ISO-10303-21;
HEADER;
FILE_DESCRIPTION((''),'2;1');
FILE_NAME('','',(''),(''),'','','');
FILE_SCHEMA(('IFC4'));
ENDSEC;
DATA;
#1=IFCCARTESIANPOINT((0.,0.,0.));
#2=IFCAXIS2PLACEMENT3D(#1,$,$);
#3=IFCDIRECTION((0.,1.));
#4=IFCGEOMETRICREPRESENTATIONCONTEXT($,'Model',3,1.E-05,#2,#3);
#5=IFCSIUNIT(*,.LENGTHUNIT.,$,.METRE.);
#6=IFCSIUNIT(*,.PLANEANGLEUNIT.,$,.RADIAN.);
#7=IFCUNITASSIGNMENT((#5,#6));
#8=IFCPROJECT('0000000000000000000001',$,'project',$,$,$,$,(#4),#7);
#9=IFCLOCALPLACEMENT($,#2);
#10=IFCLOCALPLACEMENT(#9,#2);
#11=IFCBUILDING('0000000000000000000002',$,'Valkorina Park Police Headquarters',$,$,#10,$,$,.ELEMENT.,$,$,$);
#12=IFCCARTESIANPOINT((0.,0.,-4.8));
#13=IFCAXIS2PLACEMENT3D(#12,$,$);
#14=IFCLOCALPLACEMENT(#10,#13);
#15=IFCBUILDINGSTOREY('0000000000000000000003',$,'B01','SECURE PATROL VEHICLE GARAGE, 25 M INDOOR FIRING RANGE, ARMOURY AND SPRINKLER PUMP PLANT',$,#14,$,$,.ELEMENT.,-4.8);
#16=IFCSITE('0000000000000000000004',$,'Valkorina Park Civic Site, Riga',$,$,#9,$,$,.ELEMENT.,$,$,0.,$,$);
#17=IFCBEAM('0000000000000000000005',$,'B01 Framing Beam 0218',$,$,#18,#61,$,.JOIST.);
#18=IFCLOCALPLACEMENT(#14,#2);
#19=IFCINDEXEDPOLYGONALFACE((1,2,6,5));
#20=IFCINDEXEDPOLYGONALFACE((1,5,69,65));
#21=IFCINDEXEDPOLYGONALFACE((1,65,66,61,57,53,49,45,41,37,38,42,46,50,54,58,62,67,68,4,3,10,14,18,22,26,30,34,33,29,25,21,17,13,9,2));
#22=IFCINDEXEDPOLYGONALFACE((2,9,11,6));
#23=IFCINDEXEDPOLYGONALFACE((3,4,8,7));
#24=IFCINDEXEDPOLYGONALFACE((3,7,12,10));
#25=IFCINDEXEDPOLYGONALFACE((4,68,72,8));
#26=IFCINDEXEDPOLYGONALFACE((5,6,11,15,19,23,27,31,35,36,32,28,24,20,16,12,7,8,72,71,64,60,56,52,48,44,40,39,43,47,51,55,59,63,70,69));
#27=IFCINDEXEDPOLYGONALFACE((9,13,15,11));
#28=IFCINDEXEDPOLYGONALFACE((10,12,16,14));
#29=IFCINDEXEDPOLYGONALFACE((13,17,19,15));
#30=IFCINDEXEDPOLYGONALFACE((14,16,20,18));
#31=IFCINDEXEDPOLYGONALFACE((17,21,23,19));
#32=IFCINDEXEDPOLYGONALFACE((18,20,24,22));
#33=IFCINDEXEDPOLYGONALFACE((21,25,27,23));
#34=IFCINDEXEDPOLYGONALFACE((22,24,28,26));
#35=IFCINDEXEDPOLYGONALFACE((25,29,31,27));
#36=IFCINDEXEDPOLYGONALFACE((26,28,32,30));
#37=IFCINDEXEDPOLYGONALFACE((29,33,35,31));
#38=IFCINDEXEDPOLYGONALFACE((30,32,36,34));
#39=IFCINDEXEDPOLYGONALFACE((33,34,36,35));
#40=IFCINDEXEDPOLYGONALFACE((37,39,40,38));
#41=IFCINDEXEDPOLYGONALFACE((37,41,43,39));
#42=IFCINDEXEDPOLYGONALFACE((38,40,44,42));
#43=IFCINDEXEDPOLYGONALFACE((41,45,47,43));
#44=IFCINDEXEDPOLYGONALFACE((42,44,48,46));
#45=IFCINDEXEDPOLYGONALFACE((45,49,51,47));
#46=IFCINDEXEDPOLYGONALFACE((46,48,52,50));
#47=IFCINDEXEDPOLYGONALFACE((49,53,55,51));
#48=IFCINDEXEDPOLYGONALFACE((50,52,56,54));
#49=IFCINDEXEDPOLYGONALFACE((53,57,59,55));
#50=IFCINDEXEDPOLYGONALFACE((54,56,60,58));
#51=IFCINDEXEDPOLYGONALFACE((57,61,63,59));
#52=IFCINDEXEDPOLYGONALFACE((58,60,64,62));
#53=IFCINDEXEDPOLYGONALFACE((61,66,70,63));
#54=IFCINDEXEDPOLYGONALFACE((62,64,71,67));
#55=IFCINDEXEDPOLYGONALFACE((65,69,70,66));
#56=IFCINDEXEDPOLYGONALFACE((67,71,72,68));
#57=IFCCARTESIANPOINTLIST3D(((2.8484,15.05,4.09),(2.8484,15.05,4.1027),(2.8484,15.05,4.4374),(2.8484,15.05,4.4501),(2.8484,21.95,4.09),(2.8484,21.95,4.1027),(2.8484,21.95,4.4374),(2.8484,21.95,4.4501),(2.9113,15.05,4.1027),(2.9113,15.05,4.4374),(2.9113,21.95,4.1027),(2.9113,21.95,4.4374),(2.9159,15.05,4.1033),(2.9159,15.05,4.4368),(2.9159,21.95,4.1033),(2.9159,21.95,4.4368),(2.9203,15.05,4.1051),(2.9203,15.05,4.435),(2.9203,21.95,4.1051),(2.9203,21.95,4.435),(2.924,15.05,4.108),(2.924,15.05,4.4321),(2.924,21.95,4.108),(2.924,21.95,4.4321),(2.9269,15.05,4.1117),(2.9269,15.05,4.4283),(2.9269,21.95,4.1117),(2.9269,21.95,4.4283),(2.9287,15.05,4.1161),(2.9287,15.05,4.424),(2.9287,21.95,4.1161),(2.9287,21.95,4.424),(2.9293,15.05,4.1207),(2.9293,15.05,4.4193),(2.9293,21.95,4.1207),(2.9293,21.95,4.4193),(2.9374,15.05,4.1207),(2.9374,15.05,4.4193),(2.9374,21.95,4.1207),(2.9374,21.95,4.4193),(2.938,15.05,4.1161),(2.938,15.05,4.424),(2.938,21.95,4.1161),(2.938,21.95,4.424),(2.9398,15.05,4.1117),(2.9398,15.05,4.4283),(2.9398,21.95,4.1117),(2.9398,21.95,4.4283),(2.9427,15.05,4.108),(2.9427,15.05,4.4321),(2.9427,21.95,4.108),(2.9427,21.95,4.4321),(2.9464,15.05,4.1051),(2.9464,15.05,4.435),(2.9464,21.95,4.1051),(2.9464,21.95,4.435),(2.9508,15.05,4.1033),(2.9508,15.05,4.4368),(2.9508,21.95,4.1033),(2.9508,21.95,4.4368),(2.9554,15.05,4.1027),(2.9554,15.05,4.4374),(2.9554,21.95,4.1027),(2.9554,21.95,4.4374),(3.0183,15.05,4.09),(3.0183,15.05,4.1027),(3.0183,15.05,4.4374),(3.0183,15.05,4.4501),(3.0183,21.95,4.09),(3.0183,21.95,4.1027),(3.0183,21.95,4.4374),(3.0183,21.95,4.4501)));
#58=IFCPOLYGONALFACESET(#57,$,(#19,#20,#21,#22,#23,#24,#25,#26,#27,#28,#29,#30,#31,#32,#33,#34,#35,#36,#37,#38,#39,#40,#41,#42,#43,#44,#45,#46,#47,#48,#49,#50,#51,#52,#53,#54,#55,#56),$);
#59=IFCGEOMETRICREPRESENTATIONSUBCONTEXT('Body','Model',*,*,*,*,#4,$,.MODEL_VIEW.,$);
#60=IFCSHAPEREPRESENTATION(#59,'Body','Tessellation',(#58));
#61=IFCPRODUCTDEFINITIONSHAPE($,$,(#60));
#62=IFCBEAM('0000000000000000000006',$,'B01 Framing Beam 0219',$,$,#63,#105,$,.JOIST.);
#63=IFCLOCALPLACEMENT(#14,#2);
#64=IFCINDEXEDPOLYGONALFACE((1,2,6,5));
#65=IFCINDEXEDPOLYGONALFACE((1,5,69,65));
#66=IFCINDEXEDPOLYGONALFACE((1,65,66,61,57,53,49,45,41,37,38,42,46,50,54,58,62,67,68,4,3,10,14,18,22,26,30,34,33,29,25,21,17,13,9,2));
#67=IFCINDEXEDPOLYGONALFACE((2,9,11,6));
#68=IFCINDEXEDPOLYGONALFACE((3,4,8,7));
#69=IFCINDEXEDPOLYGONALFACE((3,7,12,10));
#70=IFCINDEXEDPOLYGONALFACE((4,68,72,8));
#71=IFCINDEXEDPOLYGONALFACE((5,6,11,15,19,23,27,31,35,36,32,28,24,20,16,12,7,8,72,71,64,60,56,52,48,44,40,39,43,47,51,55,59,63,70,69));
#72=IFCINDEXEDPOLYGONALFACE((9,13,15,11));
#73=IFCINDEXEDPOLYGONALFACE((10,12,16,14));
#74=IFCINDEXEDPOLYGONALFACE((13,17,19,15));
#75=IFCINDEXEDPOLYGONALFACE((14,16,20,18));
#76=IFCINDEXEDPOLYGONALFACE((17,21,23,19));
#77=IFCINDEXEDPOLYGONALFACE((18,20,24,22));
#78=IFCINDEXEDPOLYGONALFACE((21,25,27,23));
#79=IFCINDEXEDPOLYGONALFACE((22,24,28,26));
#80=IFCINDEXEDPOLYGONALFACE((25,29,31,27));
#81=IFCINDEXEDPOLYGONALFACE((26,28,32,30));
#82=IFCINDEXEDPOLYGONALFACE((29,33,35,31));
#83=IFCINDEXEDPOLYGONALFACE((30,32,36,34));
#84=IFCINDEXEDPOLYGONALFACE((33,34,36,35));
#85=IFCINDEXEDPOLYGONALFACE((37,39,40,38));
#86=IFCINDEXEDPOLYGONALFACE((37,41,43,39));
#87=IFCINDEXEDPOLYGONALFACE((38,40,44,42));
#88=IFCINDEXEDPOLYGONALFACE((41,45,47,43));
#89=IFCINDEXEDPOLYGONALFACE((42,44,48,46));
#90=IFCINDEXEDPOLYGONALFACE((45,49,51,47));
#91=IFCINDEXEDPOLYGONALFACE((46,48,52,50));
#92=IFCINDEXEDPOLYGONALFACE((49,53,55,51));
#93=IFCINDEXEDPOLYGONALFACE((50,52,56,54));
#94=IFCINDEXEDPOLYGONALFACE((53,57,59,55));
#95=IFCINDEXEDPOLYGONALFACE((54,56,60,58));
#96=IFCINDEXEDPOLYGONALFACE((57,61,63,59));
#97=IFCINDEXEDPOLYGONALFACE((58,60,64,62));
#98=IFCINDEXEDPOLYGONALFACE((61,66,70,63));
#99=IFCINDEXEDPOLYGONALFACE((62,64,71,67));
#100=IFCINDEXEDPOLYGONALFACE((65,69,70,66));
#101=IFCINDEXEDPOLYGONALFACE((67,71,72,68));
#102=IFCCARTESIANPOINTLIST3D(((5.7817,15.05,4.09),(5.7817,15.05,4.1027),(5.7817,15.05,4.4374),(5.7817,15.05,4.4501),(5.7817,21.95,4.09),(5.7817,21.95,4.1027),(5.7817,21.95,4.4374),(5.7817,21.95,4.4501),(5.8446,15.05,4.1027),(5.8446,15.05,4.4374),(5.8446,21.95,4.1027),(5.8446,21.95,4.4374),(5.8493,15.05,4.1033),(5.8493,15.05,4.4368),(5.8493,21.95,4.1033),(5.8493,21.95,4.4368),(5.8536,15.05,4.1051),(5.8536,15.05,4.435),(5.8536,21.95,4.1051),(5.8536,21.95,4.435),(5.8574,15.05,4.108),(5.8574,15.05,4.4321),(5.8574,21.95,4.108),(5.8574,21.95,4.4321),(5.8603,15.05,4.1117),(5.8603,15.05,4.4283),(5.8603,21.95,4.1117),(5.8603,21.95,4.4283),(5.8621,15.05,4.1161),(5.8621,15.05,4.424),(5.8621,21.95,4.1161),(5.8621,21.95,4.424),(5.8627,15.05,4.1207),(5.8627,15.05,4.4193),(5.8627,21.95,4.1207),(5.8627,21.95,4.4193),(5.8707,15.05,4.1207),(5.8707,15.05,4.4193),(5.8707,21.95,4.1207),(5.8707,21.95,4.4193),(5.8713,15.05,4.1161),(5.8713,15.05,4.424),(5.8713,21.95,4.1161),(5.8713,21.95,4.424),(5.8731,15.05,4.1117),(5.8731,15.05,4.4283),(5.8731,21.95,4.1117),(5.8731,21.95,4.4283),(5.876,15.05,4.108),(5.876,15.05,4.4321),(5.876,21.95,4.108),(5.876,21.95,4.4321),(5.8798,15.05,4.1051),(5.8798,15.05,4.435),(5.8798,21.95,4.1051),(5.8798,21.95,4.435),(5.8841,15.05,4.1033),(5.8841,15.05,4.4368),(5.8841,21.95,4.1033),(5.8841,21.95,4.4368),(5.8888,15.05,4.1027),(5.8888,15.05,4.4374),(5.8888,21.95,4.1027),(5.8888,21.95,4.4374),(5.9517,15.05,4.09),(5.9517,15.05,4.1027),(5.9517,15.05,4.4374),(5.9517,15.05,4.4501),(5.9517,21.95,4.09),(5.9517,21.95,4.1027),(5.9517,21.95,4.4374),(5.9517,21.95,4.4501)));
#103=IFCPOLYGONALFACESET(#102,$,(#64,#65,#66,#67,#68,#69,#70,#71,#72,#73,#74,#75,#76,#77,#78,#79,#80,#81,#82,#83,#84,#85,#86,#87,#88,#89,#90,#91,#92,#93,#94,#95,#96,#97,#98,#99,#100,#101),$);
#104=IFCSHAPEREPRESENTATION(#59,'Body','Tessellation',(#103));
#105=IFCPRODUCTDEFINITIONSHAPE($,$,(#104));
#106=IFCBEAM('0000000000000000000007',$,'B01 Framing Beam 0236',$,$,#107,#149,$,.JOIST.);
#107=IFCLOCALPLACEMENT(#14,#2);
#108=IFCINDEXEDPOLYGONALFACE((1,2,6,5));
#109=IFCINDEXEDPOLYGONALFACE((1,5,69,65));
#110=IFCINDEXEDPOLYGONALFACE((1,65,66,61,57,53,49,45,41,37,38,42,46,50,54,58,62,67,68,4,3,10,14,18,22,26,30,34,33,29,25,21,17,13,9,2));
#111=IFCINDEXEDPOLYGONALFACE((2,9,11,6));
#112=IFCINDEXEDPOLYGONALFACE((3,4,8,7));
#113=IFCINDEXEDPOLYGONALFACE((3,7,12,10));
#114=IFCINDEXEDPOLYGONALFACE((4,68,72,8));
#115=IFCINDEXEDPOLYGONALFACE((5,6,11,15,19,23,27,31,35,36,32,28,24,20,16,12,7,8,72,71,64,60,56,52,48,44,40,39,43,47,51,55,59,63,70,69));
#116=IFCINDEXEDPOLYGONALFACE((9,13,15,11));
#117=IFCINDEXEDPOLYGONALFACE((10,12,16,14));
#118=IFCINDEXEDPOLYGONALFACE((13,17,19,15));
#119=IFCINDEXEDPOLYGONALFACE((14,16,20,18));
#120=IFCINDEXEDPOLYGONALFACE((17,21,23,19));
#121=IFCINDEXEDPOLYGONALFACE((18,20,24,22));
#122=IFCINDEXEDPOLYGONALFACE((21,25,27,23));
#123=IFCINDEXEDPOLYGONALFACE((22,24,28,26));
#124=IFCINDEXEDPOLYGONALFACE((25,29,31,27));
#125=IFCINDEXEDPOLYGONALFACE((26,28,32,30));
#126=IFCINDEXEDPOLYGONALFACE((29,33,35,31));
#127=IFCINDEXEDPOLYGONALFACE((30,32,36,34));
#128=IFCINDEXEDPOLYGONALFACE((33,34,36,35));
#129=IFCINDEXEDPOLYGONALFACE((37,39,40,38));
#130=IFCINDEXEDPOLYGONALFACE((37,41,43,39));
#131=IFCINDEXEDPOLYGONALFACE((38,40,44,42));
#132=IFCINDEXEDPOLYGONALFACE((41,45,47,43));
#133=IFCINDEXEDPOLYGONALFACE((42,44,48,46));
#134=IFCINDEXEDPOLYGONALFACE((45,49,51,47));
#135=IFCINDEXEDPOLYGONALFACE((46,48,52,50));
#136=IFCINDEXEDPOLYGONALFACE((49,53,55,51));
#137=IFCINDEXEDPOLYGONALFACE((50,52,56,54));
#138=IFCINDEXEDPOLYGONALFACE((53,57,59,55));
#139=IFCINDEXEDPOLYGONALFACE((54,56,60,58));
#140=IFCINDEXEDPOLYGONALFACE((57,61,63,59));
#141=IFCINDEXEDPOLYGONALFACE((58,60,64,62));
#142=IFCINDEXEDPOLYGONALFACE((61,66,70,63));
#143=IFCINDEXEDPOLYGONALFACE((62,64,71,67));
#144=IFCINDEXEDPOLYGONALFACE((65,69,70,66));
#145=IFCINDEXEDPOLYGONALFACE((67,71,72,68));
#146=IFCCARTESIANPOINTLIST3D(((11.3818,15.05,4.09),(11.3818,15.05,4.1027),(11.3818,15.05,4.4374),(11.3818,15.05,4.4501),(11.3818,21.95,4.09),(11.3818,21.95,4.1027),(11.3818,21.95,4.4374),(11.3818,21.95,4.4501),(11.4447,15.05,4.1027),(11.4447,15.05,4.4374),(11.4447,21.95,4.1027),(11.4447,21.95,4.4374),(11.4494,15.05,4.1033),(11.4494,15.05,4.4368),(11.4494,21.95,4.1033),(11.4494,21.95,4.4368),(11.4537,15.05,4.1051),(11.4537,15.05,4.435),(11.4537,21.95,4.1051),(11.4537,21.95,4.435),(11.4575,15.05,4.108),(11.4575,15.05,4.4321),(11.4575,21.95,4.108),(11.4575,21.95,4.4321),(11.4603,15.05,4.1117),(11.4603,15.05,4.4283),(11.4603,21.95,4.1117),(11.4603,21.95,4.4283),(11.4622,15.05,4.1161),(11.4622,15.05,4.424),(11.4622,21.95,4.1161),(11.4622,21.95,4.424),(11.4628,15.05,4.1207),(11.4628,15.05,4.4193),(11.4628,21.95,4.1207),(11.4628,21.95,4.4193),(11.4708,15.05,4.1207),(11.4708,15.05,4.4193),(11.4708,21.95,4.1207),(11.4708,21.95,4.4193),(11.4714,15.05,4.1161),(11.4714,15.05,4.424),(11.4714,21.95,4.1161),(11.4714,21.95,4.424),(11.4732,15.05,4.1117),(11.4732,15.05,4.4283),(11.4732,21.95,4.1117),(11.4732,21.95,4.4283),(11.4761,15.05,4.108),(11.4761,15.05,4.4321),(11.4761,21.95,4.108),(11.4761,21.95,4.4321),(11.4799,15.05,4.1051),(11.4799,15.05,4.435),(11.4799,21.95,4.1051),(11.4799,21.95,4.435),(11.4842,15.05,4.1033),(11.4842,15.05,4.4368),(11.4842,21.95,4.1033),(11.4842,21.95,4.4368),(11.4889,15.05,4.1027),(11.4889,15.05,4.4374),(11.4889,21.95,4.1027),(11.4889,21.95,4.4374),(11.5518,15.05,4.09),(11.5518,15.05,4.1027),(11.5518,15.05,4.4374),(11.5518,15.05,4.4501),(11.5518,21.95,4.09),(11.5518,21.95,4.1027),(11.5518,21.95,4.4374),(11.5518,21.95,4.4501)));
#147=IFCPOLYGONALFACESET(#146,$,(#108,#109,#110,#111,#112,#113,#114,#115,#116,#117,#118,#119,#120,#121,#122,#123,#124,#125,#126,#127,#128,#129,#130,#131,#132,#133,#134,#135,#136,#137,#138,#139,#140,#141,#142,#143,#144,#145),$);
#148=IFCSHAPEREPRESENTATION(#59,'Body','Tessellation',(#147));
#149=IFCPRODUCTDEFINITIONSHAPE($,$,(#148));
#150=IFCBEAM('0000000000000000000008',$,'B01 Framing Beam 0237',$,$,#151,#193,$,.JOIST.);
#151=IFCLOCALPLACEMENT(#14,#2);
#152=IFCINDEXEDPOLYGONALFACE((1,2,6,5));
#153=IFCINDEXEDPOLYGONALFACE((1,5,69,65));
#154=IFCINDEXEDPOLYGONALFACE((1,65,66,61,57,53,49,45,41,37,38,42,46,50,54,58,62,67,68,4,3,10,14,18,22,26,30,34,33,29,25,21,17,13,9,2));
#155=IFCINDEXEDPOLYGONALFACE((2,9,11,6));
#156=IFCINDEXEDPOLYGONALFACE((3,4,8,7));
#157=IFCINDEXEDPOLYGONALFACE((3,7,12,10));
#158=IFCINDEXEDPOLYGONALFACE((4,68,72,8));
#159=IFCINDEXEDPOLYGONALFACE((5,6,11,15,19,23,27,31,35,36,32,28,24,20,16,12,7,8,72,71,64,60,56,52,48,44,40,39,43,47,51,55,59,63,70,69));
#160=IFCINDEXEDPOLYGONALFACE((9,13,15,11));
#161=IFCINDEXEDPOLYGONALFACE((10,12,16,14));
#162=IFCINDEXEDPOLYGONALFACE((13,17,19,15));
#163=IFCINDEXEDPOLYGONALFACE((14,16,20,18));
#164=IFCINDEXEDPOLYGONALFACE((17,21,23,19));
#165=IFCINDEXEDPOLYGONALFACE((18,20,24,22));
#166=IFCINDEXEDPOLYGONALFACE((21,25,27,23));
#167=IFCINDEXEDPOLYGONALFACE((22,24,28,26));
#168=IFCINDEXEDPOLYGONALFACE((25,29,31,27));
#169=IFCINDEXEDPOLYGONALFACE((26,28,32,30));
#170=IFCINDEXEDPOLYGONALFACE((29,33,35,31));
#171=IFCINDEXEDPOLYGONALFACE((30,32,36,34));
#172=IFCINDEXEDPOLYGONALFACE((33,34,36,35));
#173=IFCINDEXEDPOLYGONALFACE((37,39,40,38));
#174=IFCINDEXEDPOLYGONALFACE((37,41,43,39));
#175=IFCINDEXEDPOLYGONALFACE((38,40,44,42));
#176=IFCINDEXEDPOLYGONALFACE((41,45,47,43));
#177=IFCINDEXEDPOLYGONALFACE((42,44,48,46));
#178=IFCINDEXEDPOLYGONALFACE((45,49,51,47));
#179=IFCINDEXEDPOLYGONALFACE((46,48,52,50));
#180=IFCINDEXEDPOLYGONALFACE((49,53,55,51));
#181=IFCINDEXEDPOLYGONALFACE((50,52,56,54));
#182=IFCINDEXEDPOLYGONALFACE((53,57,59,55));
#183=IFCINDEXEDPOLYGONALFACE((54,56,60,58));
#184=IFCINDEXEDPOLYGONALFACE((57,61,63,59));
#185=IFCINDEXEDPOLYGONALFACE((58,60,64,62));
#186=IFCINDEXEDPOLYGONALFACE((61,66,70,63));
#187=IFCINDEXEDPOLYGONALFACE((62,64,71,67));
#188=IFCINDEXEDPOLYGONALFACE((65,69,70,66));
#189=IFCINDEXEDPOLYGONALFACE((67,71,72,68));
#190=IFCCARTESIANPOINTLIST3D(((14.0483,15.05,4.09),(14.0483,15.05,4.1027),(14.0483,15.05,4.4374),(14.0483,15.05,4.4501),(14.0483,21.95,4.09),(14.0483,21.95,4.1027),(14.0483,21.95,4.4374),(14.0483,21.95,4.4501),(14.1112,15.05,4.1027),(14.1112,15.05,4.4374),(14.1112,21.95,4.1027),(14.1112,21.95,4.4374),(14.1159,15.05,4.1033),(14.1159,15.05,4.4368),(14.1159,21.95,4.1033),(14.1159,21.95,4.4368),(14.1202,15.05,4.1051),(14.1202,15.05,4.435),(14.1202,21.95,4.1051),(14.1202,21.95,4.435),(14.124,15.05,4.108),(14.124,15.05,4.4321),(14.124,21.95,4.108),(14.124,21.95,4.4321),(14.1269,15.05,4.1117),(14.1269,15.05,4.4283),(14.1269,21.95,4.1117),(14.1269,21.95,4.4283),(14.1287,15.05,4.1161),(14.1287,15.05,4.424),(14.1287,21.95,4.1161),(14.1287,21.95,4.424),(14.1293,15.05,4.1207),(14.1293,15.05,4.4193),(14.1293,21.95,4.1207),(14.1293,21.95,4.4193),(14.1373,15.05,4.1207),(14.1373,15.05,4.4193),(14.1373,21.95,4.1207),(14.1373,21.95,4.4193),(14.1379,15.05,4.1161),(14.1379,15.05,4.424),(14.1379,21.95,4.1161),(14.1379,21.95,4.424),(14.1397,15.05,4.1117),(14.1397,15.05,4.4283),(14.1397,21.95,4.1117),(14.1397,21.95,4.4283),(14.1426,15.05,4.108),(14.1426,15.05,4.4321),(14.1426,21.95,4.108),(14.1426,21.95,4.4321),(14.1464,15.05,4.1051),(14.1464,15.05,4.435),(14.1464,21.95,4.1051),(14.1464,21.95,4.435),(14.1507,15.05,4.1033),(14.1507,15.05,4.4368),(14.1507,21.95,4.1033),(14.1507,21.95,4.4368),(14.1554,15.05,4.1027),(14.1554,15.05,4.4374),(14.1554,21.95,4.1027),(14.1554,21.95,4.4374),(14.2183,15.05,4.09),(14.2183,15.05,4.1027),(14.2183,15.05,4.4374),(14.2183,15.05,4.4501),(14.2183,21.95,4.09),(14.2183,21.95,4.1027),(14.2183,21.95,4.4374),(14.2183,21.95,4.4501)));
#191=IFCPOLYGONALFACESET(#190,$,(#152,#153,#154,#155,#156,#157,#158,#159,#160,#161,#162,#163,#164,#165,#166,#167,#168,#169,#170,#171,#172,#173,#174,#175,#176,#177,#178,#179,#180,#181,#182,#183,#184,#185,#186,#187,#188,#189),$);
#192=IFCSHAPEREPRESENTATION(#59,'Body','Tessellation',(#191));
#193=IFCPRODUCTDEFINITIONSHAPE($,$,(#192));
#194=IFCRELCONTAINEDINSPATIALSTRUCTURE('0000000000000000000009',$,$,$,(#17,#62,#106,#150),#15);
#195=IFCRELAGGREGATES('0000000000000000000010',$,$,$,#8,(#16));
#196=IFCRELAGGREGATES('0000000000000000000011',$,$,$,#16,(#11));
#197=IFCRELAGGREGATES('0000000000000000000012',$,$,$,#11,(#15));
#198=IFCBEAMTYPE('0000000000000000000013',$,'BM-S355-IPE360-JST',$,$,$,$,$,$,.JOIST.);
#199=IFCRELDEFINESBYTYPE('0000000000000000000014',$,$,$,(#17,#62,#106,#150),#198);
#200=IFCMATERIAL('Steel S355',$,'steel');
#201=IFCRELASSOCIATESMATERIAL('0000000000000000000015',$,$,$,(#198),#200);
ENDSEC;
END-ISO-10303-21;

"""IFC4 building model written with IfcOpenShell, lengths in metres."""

from ifc_helpers import new_model, si_unit, direction, frame, origin, origin_2d, place, context, subcontext, project, spatial, i_section, extrude, material, material_profile, profile_set, type_object, element, save


model = new_model("IFC4")

# Units and contexts
model_context = context("Model", 3, precision=1e-05, world=origin(), true_north=direction((0.0, 1.0)))
body_context = subcontext(model_context, "Body", "Model", "MODEL_VIEW")
ifc_project = project(units=[si_unit("LENGTHUNIT", "METRE"), si_unit("PLANEANGLEUNIT", "RADIAN")], contexts=[model_context])

# Site, building, storey
site_placement = place(None, origin())
site = spatial("IfcSite", under=ifc_project, at=site_placement, Name="Valkorina Park Civic Site, Riga", CompositionType="ELEMENT", RefElevation=0.0)
building_placement = place(site_placement, origin())
building = spatial("IfcBuilding", under=site, at=building_placement, Name="Valkorina Park Police Headquarters", CompositionType="ELEMENT")
storey_placement = place(building_placement, frame((0.0, 0.0, -4.8)))
storey = spatial("IfcBuildingStorey", under=building, at=storey_placement, Name="B01", Description="SECURE PATROL VEHICLE GARAGE, 25 M INDOOR FIRING RANGE, ARMOURY AND SPRINKLER PUMP PLANT", CompositionType="ELEMENT", Elevation=-4.8)

# Beams
ifc_material_1 = material(Name="Steel S355", Category="steel")
ifc_material_profile_1 = material_profile(ifc_material_1, i_section(OverallWidth=0.1699, OverallDepth=0.3601, WebThickness=0.0081, FlangeThickness=0.0127, FilletRadius=0.0181, at=origin_2d()), Name="IPE 360")
ifc_profile_set_1 = profile_set([ifc_material_profile_1], Name="Steel S355")
beam_type_1 = type_object("IfcBeamType", Name="BM-S355-IPE360-JST", PredefinedType="JOIST", material=ifc_profile_set_1)
for number, where, z_axis, x_axis, name in (
    (1, (2.9333, 15.05, 4.27), (0.0, 1.0, 0.0), (-1.0, 0.0, 0.0), "B01 Framing Beam 0218"),
    (2, (5.8667, 15.05, 4.27), (0.0, 1.0, 0.0), (-1.0, 0.0, 0.0), "B01 Framing Beam 0219"),
    (3, (11.4668, 15.05, 4.27), (0.0, 1.0, 0.0), (-1.0, 0.0, 0.0), "B01 Framing Beam 0236"),
    (4, (14.1333, 15.05, 4.27), (0.0, 1.0, 0.0), (-1.0, 0.0, 0.0), "B01 Framing Beam 0237"),
):
    element("IfcBeam", number, at=place(storey_placement, frame(where, z_axis=z_axis, x_axis=x_axis)), inside=storey, type_object=beam_type_1, Name=name, PredefinedType="JOIST", context=body_context, shape_type="SweptSolid", body=[
        extrude(i_section(OverallWidth=0.1699, OverallDepth=0.3601, WebThickness=0.0081, FlangeThickness=0.0127, FilletRadius=0.0181, at=origin_2d()), origin(), (0.0, 0.0, 1.0), 6.8999),
    ])

save(model, "model.ifc")
